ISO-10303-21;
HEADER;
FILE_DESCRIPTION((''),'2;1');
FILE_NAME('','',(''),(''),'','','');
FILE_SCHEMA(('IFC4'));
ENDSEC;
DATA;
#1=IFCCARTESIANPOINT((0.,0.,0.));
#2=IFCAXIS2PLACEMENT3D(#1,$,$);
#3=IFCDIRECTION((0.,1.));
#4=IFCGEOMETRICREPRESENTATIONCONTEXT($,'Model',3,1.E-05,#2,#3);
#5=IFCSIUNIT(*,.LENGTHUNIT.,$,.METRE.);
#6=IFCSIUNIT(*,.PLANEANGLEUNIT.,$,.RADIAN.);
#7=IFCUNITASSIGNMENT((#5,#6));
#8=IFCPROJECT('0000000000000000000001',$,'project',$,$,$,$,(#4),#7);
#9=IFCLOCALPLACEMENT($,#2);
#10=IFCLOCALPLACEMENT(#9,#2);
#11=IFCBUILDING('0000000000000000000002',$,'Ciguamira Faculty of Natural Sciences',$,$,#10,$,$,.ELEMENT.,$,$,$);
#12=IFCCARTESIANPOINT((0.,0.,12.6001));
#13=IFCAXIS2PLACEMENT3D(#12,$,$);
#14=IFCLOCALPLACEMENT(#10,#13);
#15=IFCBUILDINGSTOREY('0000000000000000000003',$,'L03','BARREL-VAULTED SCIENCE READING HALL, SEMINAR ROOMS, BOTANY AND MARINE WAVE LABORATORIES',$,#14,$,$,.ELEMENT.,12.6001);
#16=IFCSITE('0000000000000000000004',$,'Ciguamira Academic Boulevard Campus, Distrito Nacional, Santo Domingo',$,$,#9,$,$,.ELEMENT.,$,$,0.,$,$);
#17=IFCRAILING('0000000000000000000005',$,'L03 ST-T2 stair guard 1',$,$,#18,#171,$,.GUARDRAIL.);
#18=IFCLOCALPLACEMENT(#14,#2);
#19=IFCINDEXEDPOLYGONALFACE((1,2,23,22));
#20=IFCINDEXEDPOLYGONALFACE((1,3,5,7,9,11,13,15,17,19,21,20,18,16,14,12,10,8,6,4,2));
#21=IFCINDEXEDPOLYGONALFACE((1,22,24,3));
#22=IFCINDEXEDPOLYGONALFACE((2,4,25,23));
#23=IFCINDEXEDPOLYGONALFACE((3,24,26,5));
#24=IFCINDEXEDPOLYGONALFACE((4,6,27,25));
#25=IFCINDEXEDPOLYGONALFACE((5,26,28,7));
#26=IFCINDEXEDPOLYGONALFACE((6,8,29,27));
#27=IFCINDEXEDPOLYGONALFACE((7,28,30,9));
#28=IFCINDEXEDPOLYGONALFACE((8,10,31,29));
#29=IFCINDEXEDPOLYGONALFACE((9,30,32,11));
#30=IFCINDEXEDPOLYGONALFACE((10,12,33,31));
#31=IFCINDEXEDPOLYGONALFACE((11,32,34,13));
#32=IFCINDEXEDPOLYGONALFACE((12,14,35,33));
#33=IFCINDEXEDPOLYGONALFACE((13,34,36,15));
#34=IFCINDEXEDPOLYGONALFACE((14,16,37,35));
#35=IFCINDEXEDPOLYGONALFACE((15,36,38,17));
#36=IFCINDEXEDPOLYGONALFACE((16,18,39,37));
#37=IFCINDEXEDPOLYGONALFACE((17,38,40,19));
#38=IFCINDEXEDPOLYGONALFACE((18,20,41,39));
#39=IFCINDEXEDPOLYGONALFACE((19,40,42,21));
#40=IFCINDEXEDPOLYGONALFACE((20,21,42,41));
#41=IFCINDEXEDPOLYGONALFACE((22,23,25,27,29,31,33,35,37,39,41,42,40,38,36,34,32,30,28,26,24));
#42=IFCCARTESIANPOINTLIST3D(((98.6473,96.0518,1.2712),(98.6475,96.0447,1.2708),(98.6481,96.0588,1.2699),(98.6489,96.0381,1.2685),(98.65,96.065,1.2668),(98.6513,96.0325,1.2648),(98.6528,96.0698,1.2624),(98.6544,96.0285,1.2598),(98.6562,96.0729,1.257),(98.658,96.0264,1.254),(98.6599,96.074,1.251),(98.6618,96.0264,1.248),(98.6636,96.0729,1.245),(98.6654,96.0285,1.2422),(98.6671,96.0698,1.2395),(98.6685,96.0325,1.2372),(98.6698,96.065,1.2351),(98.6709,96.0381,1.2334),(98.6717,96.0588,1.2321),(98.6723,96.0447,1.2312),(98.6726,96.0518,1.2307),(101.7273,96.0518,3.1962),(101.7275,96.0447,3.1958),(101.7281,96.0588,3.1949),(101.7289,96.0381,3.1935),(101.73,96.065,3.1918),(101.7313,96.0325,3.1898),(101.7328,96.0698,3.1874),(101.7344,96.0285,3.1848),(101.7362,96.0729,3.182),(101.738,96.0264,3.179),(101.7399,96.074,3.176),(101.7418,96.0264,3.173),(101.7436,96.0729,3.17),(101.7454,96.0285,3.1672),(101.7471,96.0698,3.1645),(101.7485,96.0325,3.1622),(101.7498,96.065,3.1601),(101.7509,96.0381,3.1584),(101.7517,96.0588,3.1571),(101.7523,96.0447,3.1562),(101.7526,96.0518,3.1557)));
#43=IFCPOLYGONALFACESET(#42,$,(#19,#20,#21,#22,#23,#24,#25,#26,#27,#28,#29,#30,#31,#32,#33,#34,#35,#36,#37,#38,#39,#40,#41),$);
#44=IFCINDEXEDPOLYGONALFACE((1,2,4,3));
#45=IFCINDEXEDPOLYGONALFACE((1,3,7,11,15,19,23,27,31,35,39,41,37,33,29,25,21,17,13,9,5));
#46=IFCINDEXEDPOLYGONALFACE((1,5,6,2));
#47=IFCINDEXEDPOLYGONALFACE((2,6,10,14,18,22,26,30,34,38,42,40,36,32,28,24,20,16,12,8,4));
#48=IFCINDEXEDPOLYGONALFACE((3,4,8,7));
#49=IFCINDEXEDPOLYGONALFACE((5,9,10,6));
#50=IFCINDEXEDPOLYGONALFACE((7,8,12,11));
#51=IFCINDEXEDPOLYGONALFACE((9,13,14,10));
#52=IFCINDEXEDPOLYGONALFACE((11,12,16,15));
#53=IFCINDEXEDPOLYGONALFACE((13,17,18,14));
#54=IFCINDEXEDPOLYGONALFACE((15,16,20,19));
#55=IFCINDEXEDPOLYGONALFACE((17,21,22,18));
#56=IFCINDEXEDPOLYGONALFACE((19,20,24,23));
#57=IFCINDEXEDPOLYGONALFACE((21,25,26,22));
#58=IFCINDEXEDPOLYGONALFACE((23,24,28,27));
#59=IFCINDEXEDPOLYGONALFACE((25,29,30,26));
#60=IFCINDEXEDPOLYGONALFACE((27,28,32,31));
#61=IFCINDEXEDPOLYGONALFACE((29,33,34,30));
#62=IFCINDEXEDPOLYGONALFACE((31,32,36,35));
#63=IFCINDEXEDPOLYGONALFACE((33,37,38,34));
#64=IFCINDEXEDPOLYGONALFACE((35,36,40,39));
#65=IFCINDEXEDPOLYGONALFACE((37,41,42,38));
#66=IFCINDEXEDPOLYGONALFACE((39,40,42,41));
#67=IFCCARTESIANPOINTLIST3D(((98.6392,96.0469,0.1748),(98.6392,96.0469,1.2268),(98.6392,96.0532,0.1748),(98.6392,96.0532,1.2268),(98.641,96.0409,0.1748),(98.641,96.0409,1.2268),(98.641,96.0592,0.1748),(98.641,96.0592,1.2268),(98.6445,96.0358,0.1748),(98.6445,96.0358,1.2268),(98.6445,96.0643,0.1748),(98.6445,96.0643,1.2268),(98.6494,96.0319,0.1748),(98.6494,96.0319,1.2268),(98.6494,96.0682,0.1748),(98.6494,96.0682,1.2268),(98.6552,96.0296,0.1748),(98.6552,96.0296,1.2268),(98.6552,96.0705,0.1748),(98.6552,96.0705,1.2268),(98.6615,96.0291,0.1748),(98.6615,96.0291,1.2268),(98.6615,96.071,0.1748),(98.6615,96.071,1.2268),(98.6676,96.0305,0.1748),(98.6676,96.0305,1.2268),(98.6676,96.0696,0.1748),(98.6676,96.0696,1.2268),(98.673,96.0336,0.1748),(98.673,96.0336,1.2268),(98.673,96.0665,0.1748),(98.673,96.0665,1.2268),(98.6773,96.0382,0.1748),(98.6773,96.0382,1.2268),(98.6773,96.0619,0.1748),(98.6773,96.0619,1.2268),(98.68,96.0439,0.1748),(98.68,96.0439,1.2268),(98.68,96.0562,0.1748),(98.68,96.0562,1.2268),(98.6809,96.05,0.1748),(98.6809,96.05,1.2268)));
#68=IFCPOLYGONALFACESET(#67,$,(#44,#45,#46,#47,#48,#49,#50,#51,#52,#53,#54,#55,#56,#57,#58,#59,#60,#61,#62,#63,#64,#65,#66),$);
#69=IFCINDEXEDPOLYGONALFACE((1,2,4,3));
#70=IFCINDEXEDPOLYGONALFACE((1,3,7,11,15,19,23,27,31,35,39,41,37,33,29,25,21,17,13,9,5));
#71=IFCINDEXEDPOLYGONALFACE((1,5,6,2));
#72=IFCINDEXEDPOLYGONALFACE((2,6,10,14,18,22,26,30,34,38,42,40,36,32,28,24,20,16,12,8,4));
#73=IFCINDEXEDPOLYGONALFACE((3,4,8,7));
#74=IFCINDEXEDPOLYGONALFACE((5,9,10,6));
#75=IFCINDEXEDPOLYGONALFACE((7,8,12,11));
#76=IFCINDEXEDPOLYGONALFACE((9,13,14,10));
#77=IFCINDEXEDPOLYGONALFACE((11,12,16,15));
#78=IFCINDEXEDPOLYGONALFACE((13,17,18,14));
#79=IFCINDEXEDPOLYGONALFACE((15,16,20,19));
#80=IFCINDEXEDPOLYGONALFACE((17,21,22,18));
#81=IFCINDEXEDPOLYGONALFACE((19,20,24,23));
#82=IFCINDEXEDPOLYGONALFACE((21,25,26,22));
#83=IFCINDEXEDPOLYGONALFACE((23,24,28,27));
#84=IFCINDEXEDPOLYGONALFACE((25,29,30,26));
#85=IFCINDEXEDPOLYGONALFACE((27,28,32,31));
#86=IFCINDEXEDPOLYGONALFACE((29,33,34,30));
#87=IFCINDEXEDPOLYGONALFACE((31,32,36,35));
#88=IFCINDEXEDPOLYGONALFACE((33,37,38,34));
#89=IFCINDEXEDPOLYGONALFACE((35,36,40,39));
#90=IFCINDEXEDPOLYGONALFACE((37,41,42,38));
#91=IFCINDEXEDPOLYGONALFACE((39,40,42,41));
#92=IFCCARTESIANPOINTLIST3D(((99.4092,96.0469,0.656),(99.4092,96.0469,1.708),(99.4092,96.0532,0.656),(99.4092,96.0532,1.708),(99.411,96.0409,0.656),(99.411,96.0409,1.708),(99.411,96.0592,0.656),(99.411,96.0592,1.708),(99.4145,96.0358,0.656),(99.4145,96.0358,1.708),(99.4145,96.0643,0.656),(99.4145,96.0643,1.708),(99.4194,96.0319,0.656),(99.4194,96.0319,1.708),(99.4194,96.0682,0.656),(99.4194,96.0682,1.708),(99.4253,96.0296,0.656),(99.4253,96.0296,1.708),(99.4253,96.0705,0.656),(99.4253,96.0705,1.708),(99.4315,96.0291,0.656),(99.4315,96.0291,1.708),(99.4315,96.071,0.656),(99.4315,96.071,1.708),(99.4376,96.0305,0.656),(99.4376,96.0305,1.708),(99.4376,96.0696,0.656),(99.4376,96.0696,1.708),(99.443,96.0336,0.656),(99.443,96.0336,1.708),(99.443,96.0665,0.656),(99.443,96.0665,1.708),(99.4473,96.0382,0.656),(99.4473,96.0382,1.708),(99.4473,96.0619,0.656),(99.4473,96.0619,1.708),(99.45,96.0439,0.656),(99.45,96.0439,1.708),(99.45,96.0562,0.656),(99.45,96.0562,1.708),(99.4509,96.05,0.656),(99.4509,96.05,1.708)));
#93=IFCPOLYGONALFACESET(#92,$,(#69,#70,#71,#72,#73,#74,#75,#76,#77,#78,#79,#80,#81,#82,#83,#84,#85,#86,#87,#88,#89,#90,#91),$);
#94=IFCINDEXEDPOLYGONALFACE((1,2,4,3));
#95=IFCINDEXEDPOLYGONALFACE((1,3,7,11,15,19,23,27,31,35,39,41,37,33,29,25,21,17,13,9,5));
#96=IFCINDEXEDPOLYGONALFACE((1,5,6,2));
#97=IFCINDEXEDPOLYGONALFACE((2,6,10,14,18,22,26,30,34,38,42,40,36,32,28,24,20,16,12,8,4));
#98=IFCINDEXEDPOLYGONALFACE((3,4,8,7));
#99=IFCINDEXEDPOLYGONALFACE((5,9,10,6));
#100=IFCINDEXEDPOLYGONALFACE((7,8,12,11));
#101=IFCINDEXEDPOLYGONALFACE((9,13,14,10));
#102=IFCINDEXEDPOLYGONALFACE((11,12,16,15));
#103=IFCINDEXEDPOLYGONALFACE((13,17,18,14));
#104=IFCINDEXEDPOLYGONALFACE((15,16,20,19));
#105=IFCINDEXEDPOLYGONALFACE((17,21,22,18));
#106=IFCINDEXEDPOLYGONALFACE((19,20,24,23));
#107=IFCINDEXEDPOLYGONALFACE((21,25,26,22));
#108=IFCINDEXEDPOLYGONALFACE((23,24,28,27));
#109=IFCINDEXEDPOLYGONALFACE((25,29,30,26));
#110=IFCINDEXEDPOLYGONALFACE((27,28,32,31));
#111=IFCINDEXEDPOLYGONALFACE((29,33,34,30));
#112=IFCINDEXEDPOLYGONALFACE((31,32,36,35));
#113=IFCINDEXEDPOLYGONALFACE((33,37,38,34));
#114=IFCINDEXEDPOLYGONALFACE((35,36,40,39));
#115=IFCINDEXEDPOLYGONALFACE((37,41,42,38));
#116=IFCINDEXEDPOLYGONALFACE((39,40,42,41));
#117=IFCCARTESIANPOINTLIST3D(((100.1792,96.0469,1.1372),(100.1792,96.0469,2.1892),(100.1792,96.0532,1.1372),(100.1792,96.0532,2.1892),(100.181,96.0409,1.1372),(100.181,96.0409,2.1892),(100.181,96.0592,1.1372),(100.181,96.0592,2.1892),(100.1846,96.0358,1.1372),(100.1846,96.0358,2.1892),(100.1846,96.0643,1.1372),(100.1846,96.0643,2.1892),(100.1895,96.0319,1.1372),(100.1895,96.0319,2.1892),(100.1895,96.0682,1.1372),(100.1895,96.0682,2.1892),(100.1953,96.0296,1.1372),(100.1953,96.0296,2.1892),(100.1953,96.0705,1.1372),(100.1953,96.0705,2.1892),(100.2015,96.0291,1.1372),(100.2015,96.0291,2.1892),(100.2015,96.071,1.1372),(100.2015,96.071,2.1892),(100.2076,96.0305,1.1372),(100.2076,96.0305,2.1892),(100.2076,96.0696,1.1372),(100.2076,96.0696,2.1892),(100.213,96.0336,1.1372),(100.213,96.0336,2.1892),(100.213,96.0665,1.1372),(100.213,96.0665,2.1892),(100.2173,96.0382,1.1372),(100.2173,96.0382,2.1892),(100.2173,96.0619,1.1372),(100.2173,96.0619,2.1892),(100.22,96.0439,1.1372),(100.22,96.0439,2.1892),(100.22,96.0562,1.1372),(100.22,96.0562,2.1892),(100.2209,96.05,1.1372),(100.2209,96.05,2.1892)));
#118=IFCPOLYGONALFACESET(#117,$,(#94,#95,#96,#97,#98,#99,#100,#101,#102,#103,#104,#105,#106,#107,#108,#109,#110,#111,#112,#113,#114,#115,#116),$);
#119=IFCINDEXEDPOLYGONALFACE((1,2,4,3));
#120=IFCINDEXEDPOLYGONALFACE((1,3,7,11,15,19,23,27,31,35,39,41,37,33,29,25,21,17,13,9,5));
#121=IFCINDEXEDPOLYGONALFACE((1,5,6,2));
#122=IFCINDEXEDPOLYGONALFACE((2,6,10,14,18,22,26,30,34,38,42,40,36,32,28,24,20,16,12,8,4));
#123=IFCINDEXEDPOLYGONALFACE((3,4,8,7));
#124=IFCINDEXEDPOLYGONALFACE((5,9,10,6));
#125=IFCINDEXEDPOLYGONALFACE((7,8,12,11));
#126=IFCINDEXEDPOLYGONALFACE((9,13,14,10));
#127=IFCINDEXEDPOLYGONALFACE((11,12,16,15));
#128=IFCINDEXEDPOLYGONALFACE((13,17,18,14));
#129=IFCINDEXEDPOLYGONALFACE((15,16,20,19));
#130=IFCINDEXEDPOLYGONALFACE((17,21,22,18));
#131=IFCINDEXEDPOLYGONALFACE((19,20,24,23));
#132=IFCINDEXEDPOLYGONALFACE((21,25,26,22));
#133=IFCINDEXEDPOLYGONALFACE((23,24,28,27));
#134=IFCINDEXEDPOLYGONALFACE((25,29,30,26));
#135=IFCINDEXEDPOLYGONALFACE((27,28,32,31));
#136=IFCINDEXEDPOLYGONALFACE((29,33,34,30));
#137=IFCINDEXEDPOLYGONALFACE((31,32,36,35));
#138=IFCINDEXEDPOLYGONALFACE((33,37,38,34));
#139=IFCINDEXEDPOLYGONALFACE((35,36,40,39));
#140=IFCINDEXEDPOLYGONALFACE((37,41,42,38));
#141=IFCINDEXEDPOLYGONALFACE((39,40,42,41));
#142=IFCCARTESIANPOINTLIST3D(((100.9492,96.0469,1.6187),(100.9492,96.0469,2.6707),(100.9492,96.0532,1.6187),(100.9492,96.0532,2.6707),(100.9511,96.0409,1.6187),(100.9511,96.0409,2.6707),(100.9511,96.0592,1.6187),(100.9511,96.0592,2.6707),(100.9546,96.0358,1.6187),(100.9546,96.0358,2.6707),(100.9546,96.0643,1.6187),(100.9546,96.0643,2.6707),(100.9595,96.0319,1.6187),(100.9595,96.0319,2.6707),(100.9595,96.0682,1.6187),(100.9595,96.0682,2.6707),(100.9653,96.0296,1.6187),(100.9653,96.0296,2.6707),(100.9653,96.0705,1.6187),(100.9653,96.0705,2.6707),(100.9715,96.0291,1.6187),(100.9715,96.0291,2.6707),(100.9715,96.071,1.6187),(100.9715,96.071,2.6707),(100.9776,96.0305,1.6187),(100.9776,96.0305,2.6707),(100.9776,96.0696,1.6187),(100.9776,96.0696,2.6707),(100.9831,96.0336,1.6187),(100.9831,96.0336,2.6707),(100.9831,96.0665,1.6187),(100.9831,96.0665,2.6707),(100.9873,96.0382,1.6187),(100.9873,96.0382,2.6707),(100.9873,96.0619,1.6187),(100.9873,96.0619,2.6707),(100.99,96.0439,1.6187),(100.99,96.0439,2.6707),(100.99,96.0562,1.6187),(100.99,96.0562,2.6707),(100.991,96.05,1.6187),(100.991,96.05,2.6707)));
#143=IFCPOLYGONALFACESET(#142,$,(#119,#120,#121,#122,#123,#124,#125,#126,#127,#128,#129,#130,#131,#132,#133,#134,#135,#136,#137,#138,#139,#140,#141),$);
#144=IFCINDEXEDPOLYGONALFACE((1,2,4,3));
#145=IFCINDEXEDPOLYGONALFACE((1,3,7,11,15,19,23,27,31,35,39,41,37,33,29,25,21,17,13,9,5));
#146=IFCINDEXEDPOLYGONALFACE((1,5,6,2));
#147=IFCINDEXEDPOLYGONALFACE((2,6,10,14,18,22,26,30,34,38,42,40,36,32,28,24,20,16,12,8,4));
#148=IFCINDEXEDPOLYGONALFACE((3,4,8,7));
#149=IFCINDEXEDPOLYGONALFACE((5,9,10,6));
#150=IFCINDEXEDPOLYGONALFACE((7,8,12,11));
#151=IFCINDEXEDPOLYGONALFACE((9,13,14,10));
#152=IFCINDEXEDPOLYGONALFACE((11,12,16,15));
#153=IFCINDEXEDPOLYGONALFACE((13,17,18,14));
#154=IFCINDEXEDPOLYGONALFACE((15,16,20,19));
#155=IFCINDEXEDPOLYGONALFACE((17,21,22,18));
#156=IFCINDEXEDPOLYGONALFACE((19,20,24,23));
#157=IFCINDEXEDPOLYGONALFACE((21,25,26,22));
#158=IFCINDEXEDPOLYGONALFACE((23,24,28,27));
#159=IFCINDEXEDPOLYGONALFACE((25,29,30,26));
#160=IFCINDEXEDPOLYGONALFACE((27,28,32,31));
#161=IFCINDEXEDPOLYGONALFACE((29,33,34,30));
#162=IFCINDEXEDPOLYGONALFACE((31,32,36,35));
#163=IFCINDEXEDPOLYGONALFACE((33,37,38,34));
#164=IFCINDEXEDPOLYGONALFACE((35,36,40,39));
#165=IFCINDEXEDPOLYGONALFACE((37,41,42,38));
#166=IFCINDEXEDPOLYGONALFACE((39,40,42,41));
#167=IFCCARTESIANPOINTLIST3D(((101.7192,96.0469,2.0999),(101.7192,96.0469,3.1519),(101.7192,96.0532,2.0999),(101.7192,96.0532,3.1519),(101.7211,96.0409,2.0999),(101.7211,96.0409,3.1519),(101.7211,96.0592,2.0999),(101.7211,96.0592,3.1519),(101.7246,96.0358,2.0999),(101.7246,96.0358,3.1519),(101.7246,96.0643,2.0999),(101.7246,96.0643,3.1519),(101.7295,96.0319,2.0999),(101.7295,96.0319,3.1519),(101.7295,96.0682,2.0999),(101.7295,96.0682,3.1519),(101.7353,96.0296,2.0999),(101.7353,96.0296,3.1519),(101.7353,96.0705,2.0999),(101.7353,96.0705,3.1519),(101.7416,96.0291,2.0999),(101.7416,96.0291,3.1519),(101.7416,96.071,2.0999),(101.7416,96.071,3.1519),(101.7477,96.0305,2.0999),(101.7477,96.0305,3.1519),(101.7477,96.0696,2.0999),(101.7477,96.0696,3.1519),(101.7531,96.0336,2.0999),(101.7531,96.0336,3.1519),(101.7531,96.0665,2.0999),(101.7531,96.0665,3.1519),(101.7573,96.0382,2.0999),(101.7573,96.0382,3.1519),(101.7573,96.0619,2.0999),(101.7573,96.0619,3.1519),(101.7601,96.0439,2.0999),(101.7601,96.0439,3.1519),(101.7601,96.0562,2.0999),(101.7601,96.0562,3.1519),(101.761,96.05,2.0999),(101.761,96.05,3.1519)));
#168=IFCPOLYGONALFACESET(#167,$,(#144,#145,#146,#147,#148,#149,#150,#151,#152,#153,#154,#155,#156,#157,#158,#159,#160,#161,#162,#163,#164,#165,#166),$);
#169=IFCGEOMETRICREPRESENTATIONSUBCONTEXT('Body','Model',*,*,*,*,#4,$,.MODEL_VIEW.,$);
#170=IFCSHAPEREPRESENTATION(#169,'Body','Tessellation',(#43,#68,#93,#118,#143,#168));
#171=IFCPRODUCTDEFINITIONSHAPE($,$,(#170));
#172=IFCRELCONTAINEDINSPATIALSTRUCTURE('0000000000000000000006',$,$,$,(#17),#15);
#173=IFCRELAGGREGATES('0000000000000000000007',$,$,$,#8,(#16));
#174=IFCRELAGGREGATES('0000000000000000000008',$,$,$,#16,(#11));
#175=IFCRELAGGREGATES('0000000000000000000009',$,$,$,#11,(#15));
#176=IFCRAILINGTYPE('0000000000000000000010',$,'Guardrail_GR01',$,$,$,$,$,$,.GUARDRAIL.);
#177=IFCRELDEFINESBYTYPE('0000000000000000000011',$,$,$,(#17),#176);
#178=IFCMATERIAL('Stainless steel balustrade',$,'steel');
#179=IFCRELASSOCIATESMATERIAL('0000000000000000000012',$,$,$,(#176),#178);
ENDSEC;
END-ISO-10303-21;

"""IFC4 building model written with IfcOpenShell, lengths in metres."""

from ifc_helpers import new_model, si_unit, direction, frame, origin, origin_2d, place, context, subcontext, project, spatial, circle, extrude, material, type_object, element, save


model = new_model("IFC4")

# Units and contexts
model_context = context("Model", 3, precision=1e-05, world=origin(), true_north=direction((0.0, 1.0)))
body_context = subcontext(model_context, "Body", "Model", "MODEL_VIEW")
ifc_project = project(units=[si_unit("LENGTHUNIT", "METRE"), si_unit("PLANEANGLEUNIT", "RADIAN")], contexts=[model_context])

# Site, building, storey
site_placement = place(None, origin())
site = spatial("IfcSite", under=ifc_project, at=site_placement, Name="Ciguamira Academic Boulevard Campus, Distrito Nacional, Santo Domingo", CompositionType="ELEMENT", RefElevation=0.0)
building_placement = place(site_placement, origin())
building = spatial("IfcBuilding", under=site, at=building_placement, Name="Ciguamira Faculty of Natural Sciences", CompositionType="ELEMENT")
storey_placement = place(building_placement, frame((0.0, 0.0, 12.6001)))
storey = spatial("IfcBuildingStorey", under=building, at=storey_placement, Name="L03", Description="BARREL-VAULTED SCIENCE READING HALL, SEMINAR ROOMS, BOTANY AND MARINE WAVE LABORATORIES", CompositionType="ELEMENT", Elevation=12.6001)

# Railing
ifc_material_1 = material(Name="Stainless steel balustrade", Category="steel")
railing_type_1 = type_object("IfcRailingType", Name="Guardrail_GR01", PredefinedType="GUARDRAIL", material=ifc_material_1)
railing_1_placement = place(storey_placement, frame((98.6599, 96.05, 0.1748)))
element("IfcRailing", 1, at=railing_1_placement, inside=storey, type_object=railing_type_1, Name="L03 ST-T2 stair guard 1", PredefinedType="GUARDRAIL", context=body_context, shape_type="SweptSolid", body=[
    extrude(circle(Radius=0.0239, at=origin_2d()), frame((0.0, 0.0, 1.0762), z_axis=(0.847998, 0.0, 0.529999), x_axis=(0.0, 1.0, 0.0)), (0.0, 0.0, 1.0), 3.6321),
    extrude(circle(Radius=0.021, at=origin_2d()), origin(), (0.0, 0.0, 1.0), 1.052),
    extrude(circle(Radius=0.021, at=origin_2d()), frame((0.77, 0.0, 0.4812)), (0.0, 0.0, 1.0), 1.052),
    extrude(circle(Radius=0.021, at=origin_2d()), frame((1.54, 0.0, 0.9624)), (0.0, 0.0, 1.0), 1.052),
    extrude(circle(Radius=0.021, at=origin_2d()), frame((2.3101, 0.0, 1.4438)), (0.0, 0.0, 1.0), 1.052),
    extrude(circle(Radius=0.021, at=origin_2d()), frame((3.0801, 0.0, 1.925)), (0.0, 0.0, 1.0), 1.052),
])

save(model, "model.ifc")
